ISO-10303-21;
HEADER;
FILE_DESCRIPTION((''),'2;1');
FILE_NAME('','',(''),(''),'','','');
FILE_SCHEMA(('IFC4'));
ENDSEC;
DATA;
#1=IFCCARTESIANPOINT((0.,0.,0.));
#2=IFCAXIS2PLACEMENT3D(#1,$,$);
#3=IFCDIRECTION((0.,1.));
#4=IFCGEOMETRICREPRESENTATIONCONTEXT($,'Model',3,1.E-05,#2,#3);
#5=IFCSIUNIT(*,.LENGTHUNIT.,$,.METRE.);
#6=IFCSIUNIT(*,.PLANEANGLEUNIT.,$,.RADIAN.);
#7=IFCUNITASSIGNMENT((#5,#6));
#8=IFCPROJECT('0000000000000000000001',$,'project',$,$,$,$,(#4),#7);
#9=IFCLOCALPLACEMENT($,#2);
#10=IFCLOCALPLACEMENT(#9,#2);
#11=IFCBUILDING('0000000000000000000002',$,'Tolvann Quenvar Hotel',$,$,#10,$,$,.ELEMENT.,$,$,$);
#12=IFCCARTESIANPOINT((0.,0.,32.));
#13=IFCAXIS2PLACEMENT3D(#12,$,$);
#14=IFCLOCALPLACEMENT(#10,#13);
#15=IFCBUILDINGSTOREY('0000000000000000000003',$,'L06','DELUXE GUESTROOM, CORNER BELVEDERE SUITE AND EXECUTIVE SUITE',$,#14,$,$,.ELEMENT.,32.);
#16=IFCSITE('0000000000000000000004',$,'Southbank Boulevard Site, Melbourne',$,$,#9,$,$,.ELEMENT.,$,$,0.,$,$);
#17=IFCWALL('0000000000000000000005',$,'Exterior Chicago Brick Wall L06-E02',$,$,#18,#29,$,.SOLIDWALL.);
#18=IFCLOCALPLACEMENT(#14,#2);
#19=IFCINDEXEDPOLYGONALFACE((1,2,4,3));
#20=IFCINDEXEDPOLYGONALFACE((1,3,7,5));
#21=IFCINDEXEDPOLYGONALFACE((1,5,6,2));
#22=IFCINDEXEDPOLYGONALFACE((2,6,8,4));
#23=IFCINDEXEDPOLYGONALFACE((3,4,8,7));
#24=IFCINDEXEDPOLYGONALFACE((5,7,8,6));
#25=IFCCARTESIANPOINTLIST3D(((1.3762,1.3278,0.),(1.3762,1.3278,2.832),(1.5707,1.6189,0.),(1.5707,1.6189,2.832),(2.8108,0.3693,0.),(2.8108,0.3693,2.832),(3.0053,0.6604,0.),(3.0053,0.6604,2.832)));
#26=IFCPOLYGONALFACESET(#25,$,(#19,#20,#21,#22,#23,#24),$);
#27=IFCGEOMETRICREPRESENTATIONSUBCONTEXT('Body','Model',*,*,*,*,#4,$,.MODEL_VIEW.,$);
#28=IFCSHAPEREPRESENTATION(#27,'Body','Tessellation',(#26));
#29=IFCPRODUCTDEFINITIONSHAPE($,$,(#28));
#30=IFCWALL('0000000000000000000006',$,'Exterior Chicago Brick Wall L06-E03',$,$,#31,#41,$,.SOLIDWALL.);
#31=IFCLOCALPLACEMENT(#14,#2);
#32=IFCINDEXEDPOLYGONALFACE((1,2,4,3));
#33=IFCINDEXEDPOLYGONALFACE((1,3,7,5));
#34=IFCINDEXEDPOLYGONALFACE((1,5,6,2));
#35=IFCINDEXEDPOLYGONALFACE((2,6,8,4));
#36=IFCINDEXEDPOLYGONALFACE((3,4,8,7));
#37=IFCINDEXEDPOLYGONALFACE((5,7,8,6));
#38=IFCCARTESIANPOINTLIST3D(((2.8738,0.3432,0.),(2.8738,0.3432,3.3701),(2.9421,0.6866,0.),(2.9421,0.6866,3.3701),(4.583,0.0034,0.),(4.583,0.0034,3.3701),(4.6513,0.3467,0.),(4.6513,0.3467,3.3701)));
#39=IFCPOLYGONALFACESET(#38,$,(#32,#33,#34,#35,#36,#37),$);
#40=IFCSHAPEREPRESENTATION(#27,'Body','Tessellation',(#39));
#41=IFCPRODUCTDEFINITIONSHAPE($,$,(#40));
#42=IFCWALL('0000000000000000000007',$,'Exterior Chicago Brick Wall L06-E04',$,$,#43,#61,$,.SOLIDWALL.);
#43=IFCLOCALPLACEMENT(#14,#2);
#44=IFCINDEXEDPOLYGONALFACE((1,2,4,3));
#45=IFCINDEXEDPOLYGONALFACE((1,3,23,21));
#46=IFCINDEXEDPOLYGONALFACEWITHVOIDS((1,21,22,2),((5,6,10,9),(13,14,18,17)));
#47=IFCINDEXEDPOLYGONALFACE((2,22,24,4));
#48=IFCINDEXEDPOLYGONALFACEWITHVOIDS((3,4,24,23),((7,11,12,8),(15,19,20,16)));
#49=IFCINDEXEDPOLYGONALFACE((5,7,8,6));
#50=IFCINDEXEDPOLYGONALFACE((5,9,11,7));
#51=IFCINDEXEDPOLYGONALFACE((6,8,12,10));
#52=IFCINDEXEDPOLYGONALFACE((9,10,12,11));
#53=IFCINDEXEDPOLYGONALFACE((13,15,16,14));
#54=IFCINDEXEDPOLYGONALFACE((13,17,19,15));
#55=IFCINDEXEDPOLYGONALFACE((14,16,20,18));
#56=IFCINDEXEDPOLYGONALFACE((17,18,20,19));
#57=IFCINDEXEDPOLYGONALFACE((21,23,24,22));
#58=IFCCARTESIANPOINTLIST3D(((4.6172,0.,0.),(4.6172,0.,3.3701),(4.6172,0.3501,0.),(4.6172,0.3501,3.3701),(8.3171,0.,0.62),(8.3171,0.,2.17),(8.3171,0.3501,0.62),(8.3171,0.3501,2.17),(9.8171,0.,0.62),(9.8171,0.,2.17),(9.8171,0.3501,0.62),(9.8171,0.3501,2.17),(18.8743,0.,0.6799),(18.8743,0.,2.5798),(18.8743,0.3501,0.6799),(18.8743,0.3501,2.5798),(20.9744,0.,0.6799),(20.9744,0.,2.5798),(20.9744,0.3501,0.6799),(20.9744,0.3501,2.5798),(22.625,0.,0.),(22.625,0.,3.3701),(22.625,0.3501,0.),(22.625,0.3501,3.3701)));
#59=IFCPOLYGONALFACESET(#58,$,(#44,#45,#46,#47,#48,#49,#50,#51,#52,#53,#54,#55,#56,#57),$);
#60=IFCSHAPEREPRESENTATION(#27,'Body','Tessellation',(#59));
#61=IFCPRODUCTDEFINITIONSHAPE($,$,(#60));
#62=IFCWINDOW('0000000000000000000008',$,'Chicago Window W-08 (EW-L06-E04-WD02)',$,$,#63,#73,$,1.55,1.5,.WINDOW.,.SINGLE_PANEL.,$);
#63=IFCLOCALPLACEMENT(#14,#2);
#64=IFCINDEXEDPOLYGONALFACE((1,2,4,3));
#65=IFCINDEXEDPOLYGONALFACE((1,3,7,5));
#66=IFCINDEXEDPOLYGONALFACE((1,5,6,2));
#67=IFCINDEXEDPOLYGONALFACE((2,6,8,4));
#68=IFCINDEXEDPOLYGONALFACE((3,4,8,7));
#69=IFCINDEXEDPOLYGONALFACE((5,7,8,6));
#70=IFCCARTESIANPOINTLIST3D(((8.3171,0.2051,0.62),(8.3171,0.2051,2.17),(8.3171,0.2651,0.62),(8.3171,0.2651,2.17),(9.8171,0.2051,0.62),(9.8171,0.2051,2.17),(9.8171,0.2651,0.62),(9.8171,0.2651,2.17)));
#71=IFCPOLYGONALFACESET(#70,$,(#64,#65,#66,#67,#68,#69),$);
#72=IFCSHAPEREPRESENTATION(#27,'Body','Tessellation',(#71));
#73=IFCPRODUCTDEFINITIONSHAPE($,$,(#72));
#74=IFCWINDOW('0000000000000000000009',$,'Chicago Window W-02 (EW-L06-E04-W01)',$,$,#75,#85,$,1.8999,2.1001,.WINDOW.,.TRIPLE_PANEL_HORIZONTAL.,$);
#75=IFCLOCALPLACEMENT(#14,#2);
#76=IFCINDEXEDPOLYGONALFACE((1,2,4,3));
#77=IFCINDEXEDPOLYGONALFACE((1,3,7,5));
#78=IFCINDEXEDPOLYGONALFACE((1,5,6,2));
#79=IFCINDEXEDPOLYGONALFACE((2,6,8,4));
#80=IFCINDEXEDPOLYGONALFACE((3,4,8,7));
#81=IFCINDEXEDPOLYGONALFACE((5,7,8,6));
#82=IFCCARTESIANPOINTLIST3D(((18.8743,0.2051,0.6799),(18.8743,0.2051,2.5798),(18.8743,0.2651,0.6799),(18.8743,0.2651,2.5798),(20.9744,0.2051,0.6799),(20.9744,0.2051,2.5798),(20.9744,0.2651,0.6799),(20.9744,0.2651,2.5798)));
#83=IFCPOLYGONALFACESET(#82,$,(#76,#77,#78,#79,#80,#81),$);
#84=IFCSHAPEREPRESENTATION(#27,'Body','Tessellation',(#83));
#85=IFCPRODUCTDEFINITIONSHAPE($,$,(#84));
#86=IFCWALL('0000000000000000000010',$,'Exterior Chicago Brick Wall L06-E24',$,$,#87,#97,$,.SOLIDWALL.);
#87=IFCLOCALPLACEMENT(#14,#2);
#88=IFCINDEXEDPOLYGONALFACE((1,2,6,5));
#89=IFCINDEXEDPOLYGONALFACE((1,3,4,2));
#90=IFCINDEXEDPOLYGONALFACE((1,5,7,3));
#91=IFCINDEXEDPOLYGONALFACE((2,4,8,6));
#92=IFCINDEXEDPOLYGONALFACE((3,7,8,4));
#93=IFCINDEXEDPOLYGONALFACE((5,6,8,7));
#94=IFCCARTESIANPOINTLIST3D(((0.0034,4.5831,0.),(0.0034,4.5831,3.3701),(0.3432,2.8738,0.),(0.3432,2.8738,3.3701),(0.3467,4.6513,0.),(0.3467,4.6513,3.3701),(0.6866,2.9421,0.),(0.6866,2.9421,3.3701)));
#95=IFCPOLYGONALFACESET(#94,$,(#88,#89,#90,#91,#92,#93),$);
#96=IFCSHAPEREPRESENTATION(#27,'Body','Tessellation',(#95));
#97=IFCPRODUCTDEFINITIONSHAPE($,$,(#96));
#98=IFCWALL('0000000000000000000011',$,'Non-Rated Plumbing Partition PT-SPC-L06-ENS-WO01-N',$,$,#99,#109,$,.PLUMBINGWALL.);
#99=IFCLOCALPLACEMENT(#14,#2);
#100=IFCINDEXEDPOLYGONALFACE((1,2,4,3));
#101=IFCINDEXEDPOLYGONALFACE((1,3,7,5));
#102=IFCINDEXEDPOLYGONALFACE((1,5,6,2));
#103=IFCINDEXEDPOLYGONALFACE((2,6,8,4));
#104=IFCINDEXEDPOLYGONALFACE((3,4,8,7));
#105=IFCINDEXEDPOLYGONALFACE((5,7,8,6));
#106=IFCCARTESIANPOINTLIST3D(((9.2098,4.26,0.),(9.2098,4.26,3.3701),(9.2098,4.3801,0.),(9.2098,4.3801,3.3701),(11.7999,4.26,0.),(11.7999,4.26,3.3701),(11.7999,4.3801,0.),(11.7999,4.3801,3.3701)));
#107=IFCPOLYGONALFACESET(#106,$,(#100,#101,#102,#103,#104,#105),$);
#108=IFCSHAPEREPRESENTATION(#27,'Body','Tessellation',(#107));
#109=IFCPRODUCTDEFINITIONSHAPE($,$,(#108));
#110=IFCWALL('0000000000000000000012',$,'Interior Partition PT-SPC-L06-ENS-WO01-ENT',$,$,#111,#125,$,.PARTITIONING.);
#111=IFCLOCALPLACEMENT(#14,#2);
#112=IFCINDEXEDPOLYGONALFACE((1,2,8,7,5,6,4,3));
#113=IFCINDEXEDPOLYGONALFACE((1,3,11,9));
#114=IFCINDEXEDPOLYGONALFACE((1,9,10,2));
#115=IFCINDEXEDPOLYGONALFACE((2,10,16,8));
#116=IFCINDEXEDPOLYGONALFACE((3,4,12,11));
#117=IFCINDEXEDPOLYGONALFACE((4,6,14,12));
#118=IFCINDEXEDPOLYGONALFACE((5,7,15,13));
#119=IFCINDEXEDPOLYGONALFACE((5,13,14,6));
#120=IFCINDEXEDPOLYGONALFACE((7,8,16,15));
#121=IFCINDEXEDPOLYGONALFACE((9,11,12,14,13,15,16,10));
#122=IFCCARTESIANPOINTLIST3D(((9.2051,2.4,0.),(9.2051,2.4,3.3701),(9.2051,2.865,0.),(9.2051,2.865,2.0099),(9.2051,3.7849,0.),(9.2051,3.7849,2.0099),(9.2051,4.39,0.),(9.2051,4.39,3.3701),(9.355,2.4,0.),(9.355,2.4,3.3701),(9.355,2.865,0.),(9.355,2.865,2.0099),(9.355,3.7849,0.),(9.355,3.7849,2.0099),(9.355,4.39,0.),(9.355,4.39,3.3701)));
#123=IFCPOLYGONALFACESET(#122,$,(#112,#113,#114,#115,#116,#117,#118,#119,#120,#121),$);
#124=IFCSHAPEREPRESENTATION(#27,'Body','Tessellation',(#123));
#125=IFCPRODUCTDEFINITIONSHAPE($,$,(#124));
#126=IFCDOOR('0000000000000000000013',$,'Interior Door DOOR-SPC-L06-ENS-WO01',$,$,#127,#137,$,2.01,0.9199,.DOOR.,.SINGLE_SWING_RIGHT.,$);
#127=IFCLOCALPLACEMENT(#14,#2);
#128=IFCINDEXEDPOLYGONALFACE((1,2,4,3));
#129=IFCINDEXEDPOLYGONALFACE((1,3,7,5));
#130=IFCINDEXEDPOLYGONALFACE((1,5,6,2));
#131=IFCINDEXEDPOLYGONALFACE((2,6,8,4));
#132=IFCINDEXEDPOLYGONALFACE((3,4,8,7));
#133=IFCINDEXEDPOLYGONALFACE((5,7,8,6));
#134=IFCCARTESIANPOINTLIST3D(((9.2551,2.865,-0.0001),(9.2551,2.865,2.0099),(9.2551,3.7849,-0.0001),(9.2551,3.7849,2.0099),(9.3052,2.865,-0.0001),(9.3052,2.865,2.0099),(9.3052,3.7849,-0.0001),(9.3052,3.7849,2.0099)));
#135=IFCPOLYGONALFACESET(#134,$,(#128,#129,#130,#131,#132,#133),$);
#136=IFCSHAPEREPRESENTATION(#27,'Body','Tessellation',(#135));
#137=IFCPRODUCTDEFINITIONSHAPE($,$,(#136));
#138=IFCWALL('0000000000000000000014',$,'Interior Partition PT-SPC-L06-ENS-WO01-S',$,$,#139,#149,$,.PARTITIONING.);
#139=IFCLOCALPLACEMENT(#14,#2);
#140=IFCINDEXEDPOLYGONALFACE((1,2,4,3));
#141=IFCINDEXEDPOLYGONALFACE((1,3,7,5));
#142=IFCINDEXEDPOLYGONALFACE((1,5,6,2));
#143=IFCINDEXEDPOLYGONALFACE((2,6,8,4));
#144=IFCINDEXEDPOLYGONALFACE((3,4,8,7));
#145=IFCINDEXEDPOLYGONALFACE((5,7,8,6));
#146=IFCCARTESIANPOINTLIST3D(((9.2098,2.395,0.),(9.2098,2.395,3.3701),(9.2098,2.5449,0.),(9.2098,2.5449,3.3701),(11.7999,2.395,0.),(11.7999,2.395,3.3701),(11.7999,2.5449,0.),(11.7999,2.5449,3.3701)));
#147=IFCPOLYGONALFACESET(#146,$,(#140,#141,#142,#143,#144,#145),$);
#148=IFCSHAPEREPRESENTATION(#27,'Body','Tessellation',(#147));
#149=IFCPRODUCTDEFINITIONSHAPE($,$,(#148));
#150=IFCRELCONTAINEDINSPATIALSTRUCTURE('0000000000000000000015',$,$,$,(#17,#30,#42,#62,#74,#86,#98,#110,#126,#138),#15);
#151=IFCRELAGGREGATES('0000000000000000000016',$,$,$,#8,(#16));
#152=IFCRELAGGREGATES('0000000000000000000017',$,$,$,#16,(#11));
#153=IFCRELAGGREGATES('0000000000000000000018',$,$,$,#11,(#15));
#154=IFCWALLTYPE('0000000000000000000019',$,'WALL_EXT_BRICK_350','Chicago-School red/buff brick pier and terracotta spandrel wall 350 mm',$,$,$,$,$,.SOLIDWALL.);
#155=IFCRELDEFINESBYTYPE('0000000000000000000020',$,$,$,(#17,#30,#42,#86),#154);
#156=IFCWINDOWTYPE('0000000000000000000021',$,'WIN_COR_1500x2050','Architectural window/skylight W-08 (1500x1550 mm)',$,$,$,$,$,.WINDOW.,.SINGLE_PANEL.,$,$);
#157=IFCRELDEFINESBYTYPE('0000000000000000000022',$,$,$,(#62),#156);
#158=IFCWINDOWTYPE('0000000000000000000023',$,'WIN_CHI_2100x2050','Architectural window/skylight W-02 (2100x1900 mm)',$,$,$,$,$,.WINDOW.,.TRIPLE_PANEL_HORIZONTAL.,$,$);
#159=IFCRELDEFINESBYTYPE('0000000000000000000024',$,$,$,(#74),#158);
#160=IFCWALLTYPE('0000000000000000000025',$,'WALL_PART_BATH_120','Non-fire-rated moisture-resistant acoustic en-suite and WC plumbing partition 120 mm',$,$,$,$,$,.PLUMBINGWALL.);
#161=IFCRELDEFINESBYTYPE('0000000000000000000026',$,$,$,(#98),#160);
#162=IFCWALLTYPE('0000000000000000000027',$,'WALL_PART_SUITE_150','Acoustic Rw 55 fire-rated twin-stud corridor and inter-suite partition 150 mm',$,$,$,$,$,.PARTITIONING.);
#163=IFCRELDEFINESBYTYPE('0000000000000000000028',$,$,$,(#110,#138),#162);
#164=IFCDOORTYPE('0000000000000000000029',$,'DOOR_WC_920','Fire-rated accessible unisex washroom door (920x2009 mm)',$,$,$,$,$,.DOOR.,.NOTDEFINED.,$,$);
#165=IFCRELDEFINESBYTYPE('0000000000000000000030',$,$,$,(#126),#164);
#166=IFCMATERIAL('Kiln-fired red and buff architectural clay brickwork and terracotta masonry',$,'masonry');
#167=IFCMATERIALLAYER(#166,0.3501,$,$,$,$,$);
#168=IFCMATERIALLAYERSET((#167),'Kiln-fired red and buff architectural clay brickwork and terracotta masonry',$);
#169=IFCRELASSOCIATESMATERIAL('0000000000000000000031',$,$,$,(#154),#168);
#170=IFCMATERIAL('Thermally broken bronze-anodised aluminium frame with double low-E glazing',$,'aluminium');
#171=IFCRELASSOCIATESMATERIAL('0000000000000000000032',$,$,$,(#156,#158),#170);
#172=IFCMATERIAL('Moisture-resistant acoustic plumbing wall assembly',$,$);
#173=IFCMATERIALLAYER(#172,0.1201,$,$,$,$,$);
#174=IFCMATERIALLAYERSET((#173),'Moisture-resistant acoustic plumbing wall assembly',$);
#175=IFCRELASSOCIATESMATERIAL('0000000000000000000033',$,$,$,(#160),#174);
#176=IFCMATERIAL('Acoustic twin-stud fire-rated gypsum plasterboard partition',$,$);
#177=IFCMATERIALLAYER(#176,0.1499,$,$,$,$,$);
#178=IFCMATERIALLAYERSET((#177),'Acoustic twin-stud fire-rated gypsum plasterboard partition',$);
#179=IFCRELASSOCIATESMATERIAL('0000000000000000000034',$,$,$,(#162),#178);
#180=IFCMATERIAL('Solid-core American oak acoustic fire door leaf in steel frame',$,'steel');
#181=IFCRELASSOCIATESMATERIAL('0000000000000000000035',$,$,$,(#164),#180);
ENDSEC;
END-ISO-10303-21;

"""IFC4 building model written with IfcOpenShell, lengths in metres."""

from ifc_helpers import new_model, si_unit, direction, frame, frame_2d, origin, place, context, subcontext, project, spatial, rectangle, extrude, source, transform, mapped, material, layer, layer_set, type_object, type_shapes, element, fill, save


model = new_model("IFC4")

# Units and contexts
model_context = context("Model", 3, precision=1e-05, world=origin(), true_north=direction((0.0, 1.0)))
body_context = subcontext(model_context, "Body", "Model", "MODEL_VIEW")
ifc_project = project(units=[si_unit("LENGTHUNIT", "METRE"), si_unit("PLANEANGLEUNIT", "RADIAN")], contexts=[model_context])

# Site, building, storey
site_placement = place(None, origin())
site = spatial("IfcSite", under=ifc_project, at=site_placement, Name="Southbank Boulevard Site, Melbourne", CompositionType="ELEMENT", RefElevation=0.0)
building_placement = place(site_placement, origin())
building = spatial("IfcBuilding", under=site, at=building_placement, Name="Tolvann Quenvar Hotel", CompositionType="ELEMENT")
storey_placement = place(building_placement, frame((0.0, 0.0, 32.0)))
storey = spatial("IfcBuildingStorey", under=building, at=storey_placement, Name="L06", Description="DELUXE GUESTROOM, CORNER BELVEDERE SUITE AND EXECUTIVE SUITE", CompositionType="ELEMENT", Elevation=32.0)

# Walls
ifc_material_1 = material(Name="Kiln-fired red and buff architectural clay brickwork and terracotta masonry", Category="masonry")
ifc_layer_1 = layer(ifc_material_1, 0.3501)
ifc_layer_set_1 = layer_set([ifc_layer_1], Name="Kiln-fired red and buff architectural clay brickwork and terracotta masonry")
wall_type_1 = type_object("IfcWallType", Name="WALL_EXT_BRICK_350", Description="Chicago-School red/buff brick pier and terracotta spandrel wall 350 mm", PredefinedType="SOLIDWALL", material=ifc_layer_set_1)
for number, where, z_axis, x_axis, name in (
    (1, (1.4734, 1.4734, 0.0), (0.0, 0.0, 1.0), (0.831484, -0.555549, 0.0), "Exterior Chicago Brick Wall L06-E02"),
):
    element("IfcWall", number, at=place(storey_placement, frame(where, z_axis=z_axis, x_axis=x_axis)), inside=storey, type_object=wall_type_1, Name=name, PredefinedType="SOLIDWALL", context=body_context, shape_type="SweptSolid", body=[
        extrude(rectangle(XDim=1.7253, YDim=0.3501, at=frame_2d((0.8628, 0.0))), origin(), (0.0, 0.0, 1.0), 2.832),
    ])
wall_1_placement = place(storey_placement, frame((2.908, 0.5149, 0.0), z_axis=(0.0, 0.0, 1.0), x_axis=(0.980801, -0.195011, 0.0)))
element("IfcWall", 2, at=wall_1_placement, inside=storey, type_object=wall_type_1, Name="Exterior Chicago Brick Wall L06-E03", PredefinedType="SOLIDWALL", context=body_context, shape_type="SweptSolid", body=[
    extrude(rectangle(XDim=1.7427, YDim=0.3501, at=frame_2d((0.8713, 0.0))), origin(), (0.0, 0.0, 1.0), 3.3701),
])

# Wall, openings, windows
wall_2_placement = place(storey_placement, frame((4.6172, 0.175, 0.0), z_axis=(0.0, 0.0, 1.0), x_axis=(1.0, 0.0, 0.0)))
wall_2 = element("IfcWall", 3, at=wall_2_placement, inside=storey, type_object=wall_type_1, Name="Exterior Chicago Brick Wall L06-E04", PredefinedType="SOLIDWALL", context=body_context, shape_type="SweptSolid", body=[
    extrude(rectangle(XDim=18.0078, YDim=0.3501, at=frame_2d((9.0039, 0.0))), origin(), (0.0, 0.0, 1.0), 3.3701),
])
opening_1_placement = place(wall_2_placement, frame((14.2571, 0.0, 0.6799)))
opening_1 = element("IfcOpeningElement", 4, at=opening_1_placement, cuts=wall_2, PredefinedType="OPENING", context=body_context, shape_type="SweptSolid", body=[
    extrude(rectangle(XDim=2.1001, YDim=1.8999, at=frame_2d((1.05, 0.95))), frame((0.0, 0.1851, 0.0), z_axis=(0.0, -1.0, 0.0), x_axis=(1.0, 0.0, 0.0)), (0.0, 0.0, 1.0), 0.3701),
])
opening_2_placement = place(wall_2_placement, frame((3.7, 0.0, 0.6201)))
opening_2 = element("IfcOpeningElement", 5, at=opening_2_placement, cuts=wall_2, PredefinedType="OPENING", context=body_context, shape_type="SweptSolid", body=[
    extrude(rectangle(XDim=1.5, YDim=1.55, at=frame_2d((0.75, 0.7749))), frame((0.0, 0.1851, 0.0), z_axis=(0.0, -1.0, 0.0), x_axis=(1.0, 0.0, 0.0)), (0.0, 0.0, 1.0), 0.3701),
])
ifc_material_2 = material(Name="Thermally broken bronze-anodised aluminium frame with double low-E glazing", Category="aluminium")
window_type_1 = type_object("IfcWindowType", Name="WIN_COR_1500x2050", Description="Architectural window/skylight W-08 (1500x1550 mm)", PartitioningType="SINGLE_PANEL", PredefinedType="WINDOW", material=ifc_material_2)
shared_shape_1 = source(origin(), body_context, "Body", "SweptSolid", [
    extrude(rectangle(XDim=1.5, YDim=1.55, at=frame_2d((0.75, 0.7749))), frame((0.0, 0.0901, 0.0), z_axis=(0.0, -1.0, 0.0), x_axis=(1.0, 0.0, 0.0)), (0.0, 0.0, 1.0), 0.0601),
])
type_shapes(window_type_1, [shared_shape_1])
window_1_placement = place(opening_2_placement, origin())
window_1 = element("IfcWindow", 6, at=window_1_placement, inside=storey, type_object=window_type_1, Name="Chicago Window W-08 (EW-L06-E04-WD02)", OverallHeight=1.55, OverallWidth=1.5, PartitioningType="SINGLE_PANEL", PredefinedType="WINDOW", context=body_context, shape_type="MappedRepresentation", body=[
    mapped(shared_shape_1, transform((0.0, 0.0, 0.0), x_axis=(1.0, 0.0, 0.0), y_axis=(0.0, 1.0, 0.0), z_axis=(0.0, 0.0, 1.0), scale=1.0)),
])
fill(opening_2, window_1)
window_type_2 = type_object("IfcWindowType", Name="WIN_CHI_2100x2050", Description="Architectural window/skylight W-02 (2100x1900 mm)", PartitioningType="TRIPLE_PANEL_HORIZONTAL", PredefinedType="WINDOW", material=ifc_material_2)
shared_shape_2 = source(origin(), body_context, "Body", "SweptSolid", [
    extrude(rectangle(XDim=2.1001, YDim=1.8999, at=frame_2d((1.05, 0.95))), frame((0.0, 0.0901, 0.0), z_axis=(0.0, -1.0, 0.0), x_axis=(1.0, 0.0, 0.0)), (0.0, 0.0, 1.0), 0.0601),
])
type_shapes(window_type_2, [shared_shape_2])
window_2_placement = place(opening_1_placement, origin())
window_2 = element("IfcWindow", 7, at=window_2_placement, inside=storey, type_object=window_type_2, Name="Chicago Window W-02 (EW-L06-E04-W01)", OverallHeight=1.8999, OverallWidth=2.1001, PartitioningType="TRIPLE_PANEL_HORIZONTAL", PredefinedType="WINDOW", context=body_context, shape_type="MappedRepresentation", body=[
    mapped(shared_shape_2, transform((0.0, 0.0, 0.0), x_axis=(1.0, 0.0, 0.0), y_axis=(0.0, 1.0, 0.0), z_axis=(0.0, 0.0, 1.0), scale=1.0)),
])
fill(opening_1, window_2)

# Walls
wall_3_placement = place(storey_placement, frame((0.175, 4.6172, 0.0), z_axis=(0.0, 0.0, 1.0), x_axis=(0.195011, -0.980801, 0.0)))
element("IfcWall", 8, at=wall_3_placement, inside=storey, type_object=wall_type_1, Name="Exterior Chicago Brick Wall L06-E24", PredefinedType="SOLIDWALL", context=body_context, shape_type="SweptSolid", body=[
    extrude(rectangle(XDim=1.7427, YDim=0.3501, at=frame_2d((0.8713, 0.0))), origin(), (0.0, 0.0, 1.0), 3.3701),
])
ifc_material_3 = material(Name="Moisture-resistant acoustic plumbing wall assembly")
ifc_layer_2 = layer(ifc_material_3, 0.1201)
ifc_layer_set_2 = layer_set([ifc_layer_2], Name="Moisture-resistant acoustic plumbing wall assembly")
wall_type_2 = type_object("IfcWallType", Name="WALL_PART_BATH_120", Description="Non-fire-rated moisture-resistant acoustic en-suite and WC plumbing partition 120 mm", PredefinedType="PLUMBINGWALL", material=ifc_layer_set_2)
wall_4_placement = place(storey_placement, frame((9.21, 4.3201, 0.0), z_axis=(0.0, 0.0, 1.0), x_axis=(1.0, 0.0, 0.0)))
element("IfcWall", 9, at=wall_4_placement, inside=storey, type_object=wall_type_2, Name="Non-Rated Plumbing Partition PT-SPC-L06-ENS-WO01-N", PredefinedType="PLUMBINGWALL", context=body_context, shape_type="SweptSolid", body=[
    extrude(rectangle(XDim=2.5901, YDim=0.1201, at=frame_2d((1.2949, 0.0))), origin(), (0.0, 0.0, 1.0), 3.3701),
])

# Wall, opening, door
ifc_material_4 = material(Name="Acoustic twin-stud fire-rated gypsum plasterboard partition")
ifc_layer_3 = layer(ifc_material_4, 0.1499)
ifc_layer_set_3 = layer_set([ifc_layer_3], Name="Acoustic twin-stud fire-rated gypsum plasterboard partition")
wall_type_3 = type_object("IfcWallType", Name="WALL_PART_SUITE_150", Description="Acoustic Rw 55 fire-rated twin-stud corridor and inter-suite partition 150 mm", PredefinedType="PARTITIONING", material=ifc_layer_set_3)
wall_5_placement = place(storey_placement, frame((9.28, 2.3999, 0.0), z_axis=(0.0, 0.0, 1.0), x_axis=(0.0, 1.0, 0.0)))
wall_5 = element("IfcWall", 10, at=wall_5_placement, inside=storey, type_object=wall_type_3, Name="Interior Partition PT-SPC-L06-ENS-WO01-ENT", PredefinedType="PARTITIONING", context=body_context, shape_type="SweptSolid", body=[
    extrude(rectangle(XDim=1.99, YDim=0.1499, at=frame_2d((0.9951, 0.0))), origin(), (0.0, 0.0, 1.0), 3.3701),
])
opening_3_placement = place(wall_5_placement, frame((0.4651, 0.0, 0.0)))
opening_3 = element("IfcOpeningElement", 11, at=opening_3_placement, cuts=wall_5, PredefinedType="OPENING", context=body_context, shape_type="SweptSolid", body=[
    extrude(rectangle(XDim=0.9199, YDim=2.01, at=frame_2d((0.46, 1.0049))), frame((0.0, 0.085, 0.0), z_axis=(0.0, -1.0, 0.0), x_axis=(1.0, 0.0, 0.0)), (0.0, 0.0, 1.0), 0.1699),
])
ifc_material_5 = material(Name="Solid-core American oak acoustic fire door leaf in steel frame", Category="steel")
door_type = type_object("IfcDoorType", Name="DOOR_WC_920", Description="Fire-rated accessible unisex washroom door (920x2009 mm)", OperationType="NOTDEFINED", PredefinedType="DOOR", material=ifc_material_5)
shared_shape_3 = source(origin(), body_context, "Body", "SweptSolid", [
    extrude(rectangle(XDim=0.9199, YDim=2.01, at=frame_2d((0.46, 1.0049))), frame((0.0, 0.0249, 0.0), z_axis=(0.0, -1.0, 0.0), x_axis=(1.0, 0.0, 0.0)), (0.0, 0.0, 1.0), 0.05),
])
type_shapes(door_type, [shared_shape_3])
door_1_placement = place(opening_3_placement, origin())
door_1 = element("IfcDoor", 12, at=door_1_placement, inside=storey, type_object=door_type, Name="Interior Door DOOR-SPC-L06-ENS-WO01", OperationType="SINGLE_SWING_RIGHT", OverallHeight=2.01, OverallWidth=0.9199, PredefinedType="DOOR", context=body_context, shape_type="MappedRepresentation", body=[
    mapped(shared_shape_3, transform((0.0, 0.0, 0.0), x_axis=(1.0, 0.0, 0.0), y_axis=(0.0, 1.0, 0.0), z_axis=(0.0, 0.0, 1.0), scale=1.0)),
])
fill(opening_3, door_1)

# Wall
wall_6_placement = place(storey_placement, frame((9.21, 2.47, 0.0), z_axis=(0.0, 0.0, 1.0), x_axis=(1.0, 0.0, 0.0)))
element("IfcWall", 13, at=wall_6_placement, inside=storey, type_object=wall_type_3, Name="Interior Partition PT-SPC-L06-ENS-WO01-S", PredefinedType="PARTITIONING", context=body_context, shape_type="SweptSolid", body=[
    extrude(rectangle(XDim=2.5901, YDim=0.1499, at=frame_2d((1.2949, 0.0))), origin(), (0.0, 0.0, 1.0), 3.3701),
])

save(model, "model.ifc")
